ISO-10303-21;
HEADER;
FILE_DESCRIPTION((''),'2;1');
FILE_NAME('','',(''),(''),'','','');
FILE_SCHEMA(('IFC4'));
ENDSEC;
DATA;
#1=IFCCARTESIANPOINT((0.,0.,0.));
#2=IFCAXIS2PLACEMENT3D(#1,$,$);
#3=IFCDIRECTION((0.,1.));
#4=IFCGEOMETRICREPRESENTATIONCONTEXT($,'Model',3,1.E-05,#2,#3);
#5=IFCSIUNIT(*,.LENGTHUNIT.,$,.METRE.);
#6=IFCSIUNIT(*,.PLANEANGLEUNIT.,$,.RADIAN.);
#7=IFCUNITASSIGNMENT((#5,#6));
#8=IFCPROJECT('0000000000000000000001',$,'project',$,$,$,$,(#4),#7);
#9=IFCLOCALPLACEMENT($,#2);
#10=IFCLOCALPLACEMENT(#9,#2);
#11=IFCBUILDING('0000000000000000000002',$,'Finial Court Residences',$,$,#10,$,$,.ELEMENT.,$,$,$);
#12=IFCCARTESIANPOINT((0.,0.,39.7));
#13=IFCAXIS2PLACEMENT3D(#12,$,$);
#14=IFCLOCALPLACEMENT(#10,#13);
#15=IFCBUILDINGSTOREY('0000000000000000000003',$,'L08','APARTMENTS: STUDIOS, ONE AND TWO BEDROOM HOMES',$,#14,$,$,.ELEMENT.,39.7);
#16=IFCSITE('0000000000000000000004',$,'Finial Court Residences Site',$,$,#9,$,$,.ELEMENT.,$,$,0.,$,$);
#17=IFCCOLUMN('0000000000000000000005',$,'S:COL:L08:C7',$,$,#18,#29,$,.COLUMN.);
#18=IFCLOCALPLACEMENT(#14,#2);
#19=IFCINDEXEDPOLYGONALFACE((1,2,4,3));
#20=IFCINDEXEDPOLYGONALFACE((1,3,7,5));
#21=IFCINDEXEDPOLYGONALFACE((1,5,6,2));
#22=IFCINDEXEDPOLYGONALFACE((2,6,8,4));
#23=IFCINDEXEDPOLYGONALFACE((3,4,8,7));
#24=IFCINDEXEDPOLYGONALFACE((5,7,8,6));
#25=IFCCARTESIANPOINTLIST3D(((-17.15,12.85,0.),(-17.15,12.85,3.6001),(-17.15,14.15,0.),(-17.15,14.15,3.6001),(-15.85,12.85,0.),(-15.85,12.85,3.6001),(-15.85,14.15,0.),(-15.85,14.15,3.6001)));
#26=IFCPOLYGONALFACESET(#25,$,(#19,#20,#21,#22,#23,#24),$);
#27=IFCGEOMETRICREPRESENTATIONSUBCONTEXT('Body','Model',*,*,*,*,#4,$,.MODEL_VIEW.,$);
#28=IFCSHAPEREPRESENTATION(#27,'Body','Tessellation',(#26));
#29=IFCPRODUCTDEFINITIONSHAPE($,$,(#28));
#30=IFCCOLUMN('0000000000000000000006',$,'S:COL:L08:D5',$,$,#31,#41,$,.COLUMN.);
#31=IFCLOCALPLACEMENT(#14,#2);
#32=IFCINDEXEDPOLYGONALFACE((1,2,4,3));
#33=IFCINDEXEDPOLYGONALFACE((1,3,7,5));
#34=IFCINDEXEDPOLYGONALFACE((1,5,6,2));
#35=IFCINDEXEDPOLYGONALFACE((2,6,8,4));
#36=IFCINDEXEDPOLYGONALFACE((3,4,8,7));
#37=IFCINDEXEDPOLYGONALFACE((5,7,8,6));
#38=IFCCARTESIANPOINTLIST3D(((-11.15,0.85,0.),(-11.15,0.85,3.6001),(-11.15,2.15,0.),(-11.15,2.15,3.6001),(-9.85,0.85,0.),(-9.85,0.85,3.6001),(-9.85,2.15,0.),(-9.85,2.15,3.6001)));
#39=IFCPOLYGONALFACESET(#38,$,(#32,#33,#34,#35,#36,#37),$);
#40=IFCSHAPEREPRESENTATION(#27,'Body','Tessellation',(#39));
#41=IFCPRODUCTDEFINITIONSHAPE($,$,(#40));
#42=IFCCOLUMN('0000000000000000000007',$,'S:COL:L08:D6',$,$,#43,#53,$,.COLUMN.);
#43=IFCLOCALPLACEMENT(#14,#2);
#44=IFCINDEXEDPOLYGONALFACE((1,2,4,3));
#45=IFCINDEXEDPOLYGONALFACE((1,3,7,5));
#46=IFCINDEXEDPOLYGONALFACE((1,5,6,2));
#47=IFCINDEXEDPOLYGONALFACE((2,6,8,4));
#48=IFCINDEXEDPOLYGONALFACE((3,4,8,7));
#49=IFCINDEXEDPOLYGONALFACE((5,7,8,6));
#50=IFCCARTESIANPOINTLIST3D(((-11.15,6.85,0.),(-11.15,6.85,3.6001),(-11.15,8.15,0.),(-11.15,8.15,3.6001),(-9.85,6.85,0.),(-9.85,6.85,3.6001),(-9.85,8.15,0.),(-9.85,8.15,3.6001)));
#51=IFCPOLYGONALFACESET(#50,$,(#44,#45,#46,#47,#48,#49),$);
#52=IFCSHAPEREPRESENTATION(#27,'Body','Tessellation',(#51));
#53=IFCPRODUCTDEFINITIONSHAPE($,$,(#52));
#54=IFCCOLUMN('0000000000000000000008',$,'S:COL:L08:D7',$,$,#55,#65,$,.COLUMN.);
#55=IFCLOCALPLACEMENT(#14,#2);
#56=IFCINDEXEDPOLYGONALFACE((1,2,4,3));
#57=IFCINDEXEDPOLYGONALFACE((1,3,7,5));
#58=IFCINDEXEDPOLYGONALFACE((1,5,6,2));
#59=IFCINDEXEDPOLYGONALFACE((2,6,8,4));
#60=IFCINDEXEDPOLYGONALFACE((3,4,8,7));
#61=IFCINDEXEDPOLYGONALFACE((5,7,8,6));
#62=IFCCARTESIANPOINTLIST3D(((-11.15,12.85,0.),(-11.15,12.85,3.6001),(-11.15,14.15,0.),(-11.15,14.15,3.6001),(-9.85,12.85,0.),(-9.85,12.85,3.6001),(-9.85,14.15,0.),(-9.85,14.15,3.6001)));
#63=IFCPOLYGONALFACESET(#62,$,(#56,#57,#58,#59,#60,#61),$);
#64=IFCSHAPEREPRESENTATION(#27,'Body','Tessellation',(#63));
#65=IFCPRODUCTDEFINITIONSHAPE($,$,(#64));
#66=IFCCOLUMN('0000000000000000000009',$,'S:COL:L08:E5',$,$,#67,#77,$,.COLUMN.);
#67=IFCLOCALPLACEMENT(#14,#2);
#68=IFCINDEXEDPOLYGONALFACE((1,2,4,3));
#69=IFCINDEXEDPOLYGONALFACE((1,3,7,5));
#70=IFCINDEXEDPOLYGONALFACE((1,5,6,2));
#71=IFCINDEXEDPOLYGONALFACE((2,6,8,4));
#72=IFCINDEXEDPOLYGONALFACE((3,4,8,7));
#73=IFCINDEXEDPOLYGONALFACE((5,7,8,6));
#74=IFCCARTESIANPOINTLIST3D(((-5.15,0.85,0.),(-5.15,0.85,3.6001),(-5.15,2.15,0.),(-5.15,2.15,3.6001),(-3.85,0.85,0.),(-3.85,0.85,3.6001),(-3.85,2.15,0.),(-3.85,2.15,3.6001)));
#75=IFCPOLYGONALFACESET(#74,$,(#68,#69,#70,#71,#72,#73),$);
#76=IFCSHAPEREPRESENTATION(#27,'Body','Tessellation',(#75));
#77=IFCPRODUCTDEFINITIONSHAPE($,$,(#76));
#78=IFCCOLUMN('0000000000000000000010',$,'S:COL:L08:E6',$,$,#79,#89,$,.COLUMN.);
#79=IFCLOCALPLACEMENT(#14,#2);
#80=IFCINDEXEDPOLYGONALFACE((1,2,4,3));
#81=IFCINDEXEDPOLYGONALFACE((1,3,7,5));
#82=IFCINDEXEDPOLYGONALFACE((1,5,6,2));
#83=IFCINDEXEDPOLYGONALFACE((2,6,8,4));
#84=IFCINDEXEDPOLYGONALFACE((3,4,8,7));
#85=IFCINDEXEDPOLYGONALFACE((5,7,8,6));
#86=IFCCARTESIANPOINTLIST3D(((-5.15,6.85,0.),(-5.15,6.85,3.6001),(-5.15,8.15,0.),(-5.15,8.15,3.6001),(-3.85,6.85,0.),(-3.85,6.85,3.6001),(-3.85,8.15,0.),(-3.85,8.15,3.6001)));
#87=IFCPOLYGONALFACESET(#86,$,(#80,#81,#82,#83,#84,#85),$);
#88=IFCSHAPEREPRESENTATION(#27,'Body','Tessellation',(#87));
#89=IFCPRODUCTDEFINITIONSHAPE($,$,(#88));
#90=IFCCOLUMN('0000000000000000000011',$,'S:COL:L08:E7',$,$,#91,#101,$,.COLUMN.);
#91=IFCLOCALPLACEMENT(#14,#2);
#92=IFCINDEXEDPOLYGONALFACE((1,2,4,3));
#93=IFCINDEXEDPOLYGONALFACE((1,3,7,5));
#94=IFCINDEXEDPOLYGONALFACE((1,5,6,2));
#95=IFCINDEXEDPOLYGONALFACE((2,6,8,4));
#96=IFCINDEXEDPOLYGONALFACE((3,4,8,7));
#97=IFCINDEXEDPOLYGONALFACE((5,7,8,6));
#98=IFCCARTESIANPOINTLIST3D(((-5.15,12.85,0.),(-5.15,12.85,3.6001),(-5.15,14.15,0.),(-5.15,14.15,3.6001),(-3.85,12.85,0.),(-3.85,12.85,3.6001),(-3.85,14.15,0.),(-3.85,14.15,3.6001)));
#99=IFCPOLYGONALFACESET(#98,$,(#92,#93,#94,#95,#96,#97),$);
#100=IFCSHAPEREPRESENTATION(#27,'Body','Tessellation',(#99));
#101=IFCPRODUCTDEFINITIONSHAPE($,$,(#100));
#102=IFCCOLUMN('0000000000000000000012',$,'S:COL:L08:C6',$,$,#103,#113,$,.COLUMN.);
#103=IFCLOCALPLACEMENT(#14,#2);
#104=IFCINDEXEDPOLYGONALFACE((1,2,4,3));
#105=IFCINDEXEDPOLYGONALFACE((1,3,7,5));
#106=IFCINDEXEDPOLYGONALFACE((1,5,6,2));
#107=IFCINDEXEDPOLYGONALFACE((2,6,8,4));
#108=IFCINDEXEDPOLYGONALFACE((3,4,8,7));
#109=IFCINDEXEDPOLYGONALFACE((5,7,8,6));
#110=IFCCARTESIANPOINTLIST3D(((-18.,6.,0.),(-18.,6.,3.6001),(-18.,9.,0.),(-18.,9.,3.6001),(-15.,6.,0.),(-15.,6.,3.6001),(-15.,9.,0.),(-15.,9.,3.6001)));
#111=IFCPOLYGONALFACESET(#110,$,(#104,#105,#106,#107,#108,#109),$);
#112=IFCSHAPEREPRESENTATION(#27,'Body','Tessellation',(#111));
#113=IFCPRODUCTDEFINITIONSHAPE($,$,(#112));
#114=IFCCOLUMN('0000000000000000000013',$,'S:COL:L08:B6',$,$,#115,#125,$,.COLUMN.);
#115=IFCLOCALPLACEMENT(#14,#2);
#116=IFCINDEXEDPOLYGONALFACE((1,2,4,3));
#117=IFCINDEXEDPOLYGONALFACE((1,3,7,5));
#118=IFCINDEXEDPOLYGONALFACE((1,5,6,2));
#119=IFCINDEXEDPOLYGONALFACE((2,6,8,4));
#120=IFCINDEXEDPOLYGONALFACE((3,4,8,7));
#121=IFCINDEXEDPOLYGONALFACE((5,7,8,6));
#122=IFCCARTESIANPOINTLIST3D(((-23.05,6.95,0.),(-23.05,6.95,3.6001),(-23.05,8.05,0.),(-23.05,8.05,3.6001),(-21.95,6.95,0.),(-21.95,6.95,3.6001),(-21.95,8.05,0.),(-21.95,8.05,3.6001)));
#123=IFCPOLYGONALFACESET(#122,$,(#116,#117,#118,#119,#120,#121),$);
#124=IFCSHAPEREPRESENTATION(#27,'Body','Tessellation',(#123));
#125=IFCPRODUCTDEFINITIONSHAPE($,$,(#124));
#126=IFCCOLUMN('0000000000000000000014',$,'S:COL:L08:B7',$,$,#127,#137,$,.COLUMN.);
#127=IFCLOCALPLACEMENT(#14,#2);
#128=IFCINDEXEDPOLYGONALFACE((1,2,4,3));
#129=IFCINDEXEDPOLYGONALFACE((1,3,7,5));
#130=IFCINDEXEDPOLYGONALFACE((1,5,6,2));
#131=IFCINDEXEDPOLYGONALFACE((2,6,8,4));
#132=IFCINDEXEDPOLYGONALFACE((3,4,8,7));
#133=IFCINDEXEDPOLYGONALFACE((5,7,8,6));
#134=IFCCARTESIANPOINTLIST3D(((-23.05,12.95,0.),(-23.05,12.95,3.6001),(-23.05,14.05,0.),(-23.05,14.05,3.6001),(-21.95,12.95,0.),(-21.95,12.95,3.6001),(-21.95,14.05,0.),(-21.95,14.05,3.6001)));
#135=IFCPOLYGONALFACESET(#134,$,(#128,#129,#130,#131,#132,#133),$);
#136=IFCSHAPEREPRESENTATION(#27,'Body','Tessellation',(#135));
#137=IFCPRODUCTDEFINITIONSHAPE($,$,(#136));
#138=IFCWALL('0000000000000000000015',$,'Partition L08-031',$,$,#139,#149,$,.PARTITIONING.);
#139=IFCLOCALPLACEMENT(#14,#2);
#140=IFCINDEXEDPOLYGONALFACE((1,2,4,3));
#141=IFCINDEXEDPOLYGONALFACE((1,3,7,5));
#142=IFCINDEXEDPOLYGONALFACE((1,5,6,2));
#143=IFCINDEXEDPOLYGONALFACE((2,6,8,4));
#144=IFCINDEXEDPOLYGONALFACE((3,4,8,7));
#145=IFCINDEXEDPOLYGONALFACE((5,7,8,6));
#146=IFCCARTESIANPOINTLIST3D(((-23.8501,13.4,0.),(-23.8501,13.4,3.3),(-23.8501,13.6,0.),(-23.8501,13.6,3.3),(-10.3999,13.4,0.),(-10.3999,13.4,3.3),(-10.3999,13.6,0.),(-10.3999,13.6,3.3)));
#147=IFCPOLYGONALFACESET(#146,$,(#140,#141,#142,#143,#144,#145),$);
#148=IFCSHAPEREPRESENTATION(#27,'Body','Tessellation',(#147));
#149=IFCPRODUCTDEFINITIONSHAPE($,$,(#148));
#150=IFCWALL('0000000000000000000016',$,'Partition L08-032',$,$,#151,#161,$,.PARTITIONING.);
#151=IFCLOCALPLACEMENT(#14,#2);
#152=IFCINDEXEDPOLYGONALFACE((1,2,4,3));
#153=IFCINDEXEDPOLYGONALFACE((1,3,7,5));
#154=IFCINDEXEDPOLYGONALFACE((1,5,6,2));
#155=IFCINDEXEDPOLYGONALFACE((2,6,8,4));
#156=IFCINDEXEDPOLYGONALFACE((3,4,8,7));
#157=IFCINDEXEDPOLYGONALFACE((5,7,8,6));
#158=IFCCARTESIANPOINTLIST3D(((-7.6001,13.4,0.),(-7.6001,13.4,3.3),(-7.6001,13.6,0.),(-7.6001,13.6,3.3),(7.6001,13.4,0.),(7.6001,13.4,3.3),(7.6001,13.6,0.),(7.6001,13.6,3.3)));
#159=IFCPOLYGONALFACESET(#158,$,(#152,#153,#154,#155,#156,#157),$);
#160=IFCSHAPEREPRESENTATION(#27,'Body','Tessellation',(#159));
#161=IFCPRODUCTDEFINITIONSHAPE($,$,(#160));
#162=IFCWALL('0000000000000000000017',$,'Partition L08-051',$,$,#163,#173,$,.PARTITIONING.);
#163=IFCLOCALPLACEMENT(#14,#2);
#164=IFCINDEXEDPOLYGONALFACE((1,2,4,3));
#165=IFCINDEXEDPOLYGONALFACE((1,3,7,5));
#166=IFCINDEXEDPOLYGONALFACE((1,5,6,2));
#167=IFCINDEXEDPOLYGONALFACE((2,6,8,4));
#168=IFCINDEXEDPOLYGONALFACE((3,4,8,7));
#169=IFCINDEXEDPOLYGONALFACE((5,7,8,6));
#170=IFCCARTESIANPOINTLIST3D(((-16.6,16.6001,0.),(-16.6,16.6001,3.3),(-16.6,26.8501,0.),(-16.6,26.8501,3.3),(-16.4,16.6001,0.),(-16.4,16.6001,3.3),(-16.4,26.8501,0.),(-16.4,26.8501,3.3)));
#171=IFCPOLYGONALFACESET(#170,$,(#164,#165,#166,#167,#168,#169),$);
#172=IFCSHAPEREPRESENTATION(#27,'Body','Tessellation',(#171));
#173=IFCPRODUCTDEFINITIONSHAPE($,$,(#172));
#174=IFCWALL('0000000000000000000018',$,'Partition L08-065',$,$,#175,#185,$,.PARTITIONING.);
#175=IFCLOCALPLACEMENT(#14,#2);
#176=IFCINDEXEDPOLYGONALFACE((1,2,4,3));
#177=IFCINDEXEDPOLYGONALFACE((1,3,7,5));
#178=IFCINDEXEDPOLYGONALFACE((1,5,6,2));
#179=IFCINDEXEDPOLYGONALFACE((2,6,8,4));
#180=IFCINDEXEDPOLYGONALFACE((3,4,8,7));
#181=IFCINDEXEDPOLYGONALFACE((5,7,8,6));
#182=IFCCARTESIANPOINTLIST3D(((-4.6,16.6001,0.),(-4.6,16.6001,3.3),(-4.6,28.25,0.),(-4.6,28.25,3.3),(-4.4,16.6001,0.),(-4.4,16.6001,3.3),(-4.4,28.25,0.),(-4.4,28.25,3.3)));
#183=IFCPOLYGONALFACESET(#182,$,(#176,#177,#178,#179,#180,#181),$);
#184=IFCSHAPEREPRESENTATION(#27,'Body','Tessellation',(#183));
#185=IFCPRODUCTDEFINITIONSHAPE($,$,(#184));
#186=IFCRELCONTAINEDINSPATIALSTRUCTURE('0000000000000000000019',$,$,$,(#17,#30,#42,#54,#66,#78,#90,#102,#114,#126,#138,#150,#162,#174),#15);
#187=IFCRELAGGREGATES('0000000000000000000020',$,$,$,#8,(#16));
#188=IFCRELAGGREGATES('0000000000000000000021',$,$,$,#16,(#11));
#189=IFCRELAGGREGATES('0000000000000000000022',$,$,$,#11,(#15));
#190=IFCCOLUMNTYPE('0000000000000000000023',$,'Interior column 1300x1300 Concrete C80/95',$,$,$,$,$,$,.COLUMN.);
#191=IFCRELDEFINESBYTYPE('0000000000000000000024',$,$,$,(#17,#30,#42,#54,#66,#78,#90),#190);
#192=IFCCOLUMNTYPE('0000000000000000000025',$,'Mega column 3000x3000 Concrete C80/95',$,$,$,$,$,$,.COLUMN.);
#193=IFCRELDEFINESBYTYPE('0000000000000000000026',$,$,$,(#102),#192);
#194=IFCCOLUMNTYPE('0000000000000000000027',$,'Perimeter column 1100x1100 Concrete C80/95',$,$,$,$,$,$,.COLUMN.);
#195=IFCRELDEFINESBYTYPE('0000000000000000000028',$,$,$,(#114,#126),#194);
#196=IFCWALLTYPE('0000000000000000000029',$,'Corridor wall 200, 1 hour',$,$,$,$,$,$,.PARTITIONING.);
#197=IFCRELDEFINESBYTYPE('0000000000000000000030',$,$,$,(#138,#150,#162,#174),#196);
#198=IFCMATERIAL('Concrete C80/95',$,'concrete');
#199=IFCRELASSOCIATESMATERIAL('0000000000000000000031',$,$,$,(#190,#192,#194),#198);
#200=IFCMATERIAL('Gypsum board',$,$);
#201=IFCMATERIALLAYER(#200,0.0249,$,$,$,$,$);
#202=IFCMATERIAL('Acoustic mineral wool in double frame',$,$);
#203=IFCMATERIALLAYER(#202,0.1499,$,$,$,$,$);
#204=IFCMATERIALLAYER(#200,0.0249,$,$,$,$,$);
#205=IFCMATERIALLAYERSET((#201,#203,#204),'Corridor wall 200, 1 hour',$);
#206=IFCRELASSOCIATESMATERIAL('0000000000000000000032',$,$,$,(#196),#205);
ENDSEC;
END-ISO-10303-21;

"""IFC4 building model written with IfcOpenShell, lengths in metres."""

from ifc_helpers import new_model, si_unit, direction, frame, frame_2d, origin, origin_2d, place, context, subcontext, project, spatial, rectangle, extrude, material, layer, layer_set, material_profile, profile_set, type_object, element, save


model = new_model("IFC4")

# Units and contexts
model_context = context("Model", 3, precision=1e-05, world=origin(), true_north=direction((0.0, 1.0)))
body_context = subcontext(model_context, "Body", "Model", "MODEL_VIEW")
ifc_project = project(units=[si_unit("LENGTHUNIT", "METRE"), si_unit("PLANEANGLEUNIT", "RADIAN")], contexts=[model_context])

# Site, building, storey
site_placement = place(None, origin())
site = spatial("IfcSite", under=ifc_project, at=site_placement, Name="Finial Court Residences Site", CompositionType="ELEMENT", RefElevation=0.0)
building_placement = place(site_placement, origin())
building = spatial("IfcBuilding", under=site, at=building_placement, Name="Finial Court Residences", CompositionType="ELEMENT")
storey_placement = place(building_placement, frame((0.0, 0.0, 39.7)))
storey = spatial("IfcBuildingStorey", under=building, at=storey_placement, Name="L08", Description="APARTMENTS: STUDIOS, ONE AND TWO BEDROOM HOMES", CompositionType="ELEMENT", Elevation=39.7)

# Columns
ifc_material_1 = material(Name="Concrete C80/95", Category="concrete")
ifc_material_profile_1 = material_profile(ifc_material_1, rectangle(XDim=1.3, YDim=1.3, at=origin_2d()), Name="1300x1300")
ifc_profile_set_1 = profile_set([ifc_material_profile_1], Name="Concrete C80/95")
column_type_1 = type_object("IfcColumnType", Name="Interior column 1300x1300 Concrete C80/95", PredefinedType="COLUMN", material=ifc_profile_set_1)
for number, where, z_axis, x_axis, name in (
    (1, (-16.5, 13.5, 0.0), (0.0, 0.0, 1.0), (1.0, 0.0, 0.0), "S:COL:L08:C7"),
    (2, (-10.5, 1.5, 0.0), (0.0, 0.0, 1.0), (1.0, 0.0, 0.0), "S:COL:L08:D5"),
    (3, (-10.5, 7.5, 0.0), (0.0, 0.0, 1.0), (1.0, 0.0, 0.0), "S:COL:L08:D6"),
    (4, (-10.5, 13.5, 0.0), (0.0, 0.0, 1.0), (1.0, 0.0, 0.0), "S:COL:L08:D7"),
    (5, (-4.5, 1.5, 0.0), (0.0, 0.0, 1.0), (1.0, 0.0, 0.0), "S:COL:L08:E5"),
    (6, (-4.5, 7.5, 0.0), (0.0, 0.0, 1.0), (1.0, 0.0, 0.0), "S:COL:L08:E6"),
    (7, (-4.5, 13.5, 0.0), (0.0, 0.0, 1.0), (1.0, 0.0, 0.0), "S:COL:L08:E7"),
):
    element("IfcColumn", number, at=place(storey_placement, frame(where, z_axis=z_axis, x_axis=x_axis)), inside=storey, type_object=column_type_1, Name=name, PredefinedType="COLUMN", context=body_context, shape_type="SweptSolid", body=[
        extrude(rectangle(XDim=1.3, YDim=1.3, at=origin_2d()), origin(), (0.0, 0.0, 1.0), 3.6001),
    ])
ifc_material_profile_2 = material_profile(ifc_material_1, rectangle(XDim=3.0, YDim=3.0, at=origin_2d()), Name="3000x3000")
ifc_profile_set_2 = profile_set([ifc_material_profile_2], Name="Concrete C80/95")
column_type_2 = type_object("IfcColumnType", Name="Mega column 3000x3000 Concrete C80/95", PredefinedType="COLUMN", material=ifc_profile_set_2)
column_placement = place(storey_placement, frame((-16.5, 7.5, 0.0), z_axis=(0.0, 0.0, 1.0), x_axis=(1.0, 0.0, 0.0)))
element("IfcColumn", 8, at=column_placement, inside=storey, type_object=column_type_2, Name="S:COL:L08:C6", PredefinedType="COLUMN", context=body_context, shape_type="SweptSolid", body=[
    extrude(rectangle(XDim=3.0, YDim=3.0, at=origin_2d()), origin(), (0.0, 0.0, 1.0), 3.6001),
])
ifc_material_profile_3 = material_profile(ifc_material_1, rectangle(XDim=1.1001, YDim=1.1001, at=origin_2d()), Name="1100x1100")
ifc_profile_set_3 = profile_set([ifc_material_profile_3], Name="Concrete C80/95")
column_type_3 = type_object("IfcColumnType", Name="Perimeter column 1100x1100 Concrete C80/95", PredefinedType="COLUMN", material=ifc_profile_set_3)
for number, where, z_axis, x_axis, name in (
    (9, (-22.5, 7.5, 0.0), (0.0, 0.0, 1.0), (1.0, 0.0, 0.0), "S:COL:L08:B6"),
    (10, (-22.5, 13.5, 0.0), (0.0, 0.0, 1.0), (1.0, 0.0, 0.0), "S:COL:L08:B7"),
):
    element("IfcColumn", number, at=place(storey_placement, frame(where, z_axis=z_axis, x_axis=x_axis)), inside=storey, type_object=column_type_3, Name=name, PredefinedType="COLUMN", context=body_context, shape_type="SweptSolid", body=[
        extrude(rectangle(XDim=1.1001, YDim=1.1001, at=origin_2d()), origin(), (0.0, 0.0, 1.0), 3.6001),
    ])

# Walls
ifc_material_2 = material(Name="Gypsum board")
ifc_layer_1 = layer(ifc_material_2, 0.0249)
ifc_material_3 = material(Name="Acoustic mineral wool in double frame")
ifc_layer_2 = layer(ifc_material_3, 0.1499)
ifc_layer_3 = layer(ifc_material_2, 0.0249)
ifc_layer_set_1 = layer_set([ifc_layer_1, ifc_layer_2, ifc_layer_3], Name="Corridor wall 200, 1 hour")
wall_type_1 = type_object("IfcWallType", Name="Corridor wall 200, 1 hour", PredefinedType="PARTITIONING", material=ifc_layer_set_1)
wall_1_placement = place(storey_placement, frame((-23.8501, 13.5, 0.0), z_axis=(0.0, 0.0, 1.0), x_axis=(1.0, 0.0, 0.0)))
element("IfcWall", 11, at=wall_1_placement, inside=storey, type_object=wall_type_1, Name="Partition L08-031", PredefinedType="PARTITIONING", context=body_context, shape_type="SweptSolid", body=[
    extrude(rectangle(XDim=13.4502, YDim=0.2, at=frame_2d((6.7251, 0.0))), origin(), (0.0, 0.0, 1.0), 3.3),
])
wall_2_placement = place(storey_placement, frame((-7.6001, 13.5, 0.0), z_axis=(0.0, 0.0, 1.0), x_axis=(1.0, 0.0, 0.0)))
element("IfcWall", 12, at=wall_2_placement, inside=storey, type_object=wall_type_1, Name="Partition L08-032", PredefinedType="PARTITIONING", context=body_context, shape_type="SweptSolid", body=[
    extrude(rectangle(XDim=15.2002, YDim=0.2, at=frame_2d((7.6001, 0.0))), origin(), (0.0, 0.0, 1.0), 3.3),
])
wall_3_placement = place(storey_placement, frame((-16.5, 16.6001, 0.0), z_axis=(0.0, 0.0, 1.0), x_axis=(0.0, 1.0, 0.0)))
element("IfcWall", 13, at=wall_3_placement, inside=storey, type_object=wall_type_1, Name="Partition L08-051", PredefinedType="PARTITIONING", context=body_context, shape_type="SweptSolid", body=[
    extrude(rectangle(XDim=10.25, YDim=0.2, at=frame_2d((5.125, 0.0))), origin(), (0.0, 0.0, 1.0), 3.3),
])
wall_4_placement = place(storey_placement, frame((-4.5, 16.6001, 0.0), z_axis=(0.0, 0.0, 1.0), x_axis=(0.0, 1.0, 0.0)))
element("IfcWall", 14, at=wall_4_placement, inside=storey, type_object=wall_type_1, Name="Partition L08-065", PredefinedType="PARTITIONING", context=body_context, shape_type="SweptSolid", body=[
    extrude(rectangle(XDim=11.6499, YDim=0.2, at=frame_2d((5.825, 0.0))), origin(), (0.0, 0.0, 1.0), 3.3),
])

save(model, "model.ifc")
